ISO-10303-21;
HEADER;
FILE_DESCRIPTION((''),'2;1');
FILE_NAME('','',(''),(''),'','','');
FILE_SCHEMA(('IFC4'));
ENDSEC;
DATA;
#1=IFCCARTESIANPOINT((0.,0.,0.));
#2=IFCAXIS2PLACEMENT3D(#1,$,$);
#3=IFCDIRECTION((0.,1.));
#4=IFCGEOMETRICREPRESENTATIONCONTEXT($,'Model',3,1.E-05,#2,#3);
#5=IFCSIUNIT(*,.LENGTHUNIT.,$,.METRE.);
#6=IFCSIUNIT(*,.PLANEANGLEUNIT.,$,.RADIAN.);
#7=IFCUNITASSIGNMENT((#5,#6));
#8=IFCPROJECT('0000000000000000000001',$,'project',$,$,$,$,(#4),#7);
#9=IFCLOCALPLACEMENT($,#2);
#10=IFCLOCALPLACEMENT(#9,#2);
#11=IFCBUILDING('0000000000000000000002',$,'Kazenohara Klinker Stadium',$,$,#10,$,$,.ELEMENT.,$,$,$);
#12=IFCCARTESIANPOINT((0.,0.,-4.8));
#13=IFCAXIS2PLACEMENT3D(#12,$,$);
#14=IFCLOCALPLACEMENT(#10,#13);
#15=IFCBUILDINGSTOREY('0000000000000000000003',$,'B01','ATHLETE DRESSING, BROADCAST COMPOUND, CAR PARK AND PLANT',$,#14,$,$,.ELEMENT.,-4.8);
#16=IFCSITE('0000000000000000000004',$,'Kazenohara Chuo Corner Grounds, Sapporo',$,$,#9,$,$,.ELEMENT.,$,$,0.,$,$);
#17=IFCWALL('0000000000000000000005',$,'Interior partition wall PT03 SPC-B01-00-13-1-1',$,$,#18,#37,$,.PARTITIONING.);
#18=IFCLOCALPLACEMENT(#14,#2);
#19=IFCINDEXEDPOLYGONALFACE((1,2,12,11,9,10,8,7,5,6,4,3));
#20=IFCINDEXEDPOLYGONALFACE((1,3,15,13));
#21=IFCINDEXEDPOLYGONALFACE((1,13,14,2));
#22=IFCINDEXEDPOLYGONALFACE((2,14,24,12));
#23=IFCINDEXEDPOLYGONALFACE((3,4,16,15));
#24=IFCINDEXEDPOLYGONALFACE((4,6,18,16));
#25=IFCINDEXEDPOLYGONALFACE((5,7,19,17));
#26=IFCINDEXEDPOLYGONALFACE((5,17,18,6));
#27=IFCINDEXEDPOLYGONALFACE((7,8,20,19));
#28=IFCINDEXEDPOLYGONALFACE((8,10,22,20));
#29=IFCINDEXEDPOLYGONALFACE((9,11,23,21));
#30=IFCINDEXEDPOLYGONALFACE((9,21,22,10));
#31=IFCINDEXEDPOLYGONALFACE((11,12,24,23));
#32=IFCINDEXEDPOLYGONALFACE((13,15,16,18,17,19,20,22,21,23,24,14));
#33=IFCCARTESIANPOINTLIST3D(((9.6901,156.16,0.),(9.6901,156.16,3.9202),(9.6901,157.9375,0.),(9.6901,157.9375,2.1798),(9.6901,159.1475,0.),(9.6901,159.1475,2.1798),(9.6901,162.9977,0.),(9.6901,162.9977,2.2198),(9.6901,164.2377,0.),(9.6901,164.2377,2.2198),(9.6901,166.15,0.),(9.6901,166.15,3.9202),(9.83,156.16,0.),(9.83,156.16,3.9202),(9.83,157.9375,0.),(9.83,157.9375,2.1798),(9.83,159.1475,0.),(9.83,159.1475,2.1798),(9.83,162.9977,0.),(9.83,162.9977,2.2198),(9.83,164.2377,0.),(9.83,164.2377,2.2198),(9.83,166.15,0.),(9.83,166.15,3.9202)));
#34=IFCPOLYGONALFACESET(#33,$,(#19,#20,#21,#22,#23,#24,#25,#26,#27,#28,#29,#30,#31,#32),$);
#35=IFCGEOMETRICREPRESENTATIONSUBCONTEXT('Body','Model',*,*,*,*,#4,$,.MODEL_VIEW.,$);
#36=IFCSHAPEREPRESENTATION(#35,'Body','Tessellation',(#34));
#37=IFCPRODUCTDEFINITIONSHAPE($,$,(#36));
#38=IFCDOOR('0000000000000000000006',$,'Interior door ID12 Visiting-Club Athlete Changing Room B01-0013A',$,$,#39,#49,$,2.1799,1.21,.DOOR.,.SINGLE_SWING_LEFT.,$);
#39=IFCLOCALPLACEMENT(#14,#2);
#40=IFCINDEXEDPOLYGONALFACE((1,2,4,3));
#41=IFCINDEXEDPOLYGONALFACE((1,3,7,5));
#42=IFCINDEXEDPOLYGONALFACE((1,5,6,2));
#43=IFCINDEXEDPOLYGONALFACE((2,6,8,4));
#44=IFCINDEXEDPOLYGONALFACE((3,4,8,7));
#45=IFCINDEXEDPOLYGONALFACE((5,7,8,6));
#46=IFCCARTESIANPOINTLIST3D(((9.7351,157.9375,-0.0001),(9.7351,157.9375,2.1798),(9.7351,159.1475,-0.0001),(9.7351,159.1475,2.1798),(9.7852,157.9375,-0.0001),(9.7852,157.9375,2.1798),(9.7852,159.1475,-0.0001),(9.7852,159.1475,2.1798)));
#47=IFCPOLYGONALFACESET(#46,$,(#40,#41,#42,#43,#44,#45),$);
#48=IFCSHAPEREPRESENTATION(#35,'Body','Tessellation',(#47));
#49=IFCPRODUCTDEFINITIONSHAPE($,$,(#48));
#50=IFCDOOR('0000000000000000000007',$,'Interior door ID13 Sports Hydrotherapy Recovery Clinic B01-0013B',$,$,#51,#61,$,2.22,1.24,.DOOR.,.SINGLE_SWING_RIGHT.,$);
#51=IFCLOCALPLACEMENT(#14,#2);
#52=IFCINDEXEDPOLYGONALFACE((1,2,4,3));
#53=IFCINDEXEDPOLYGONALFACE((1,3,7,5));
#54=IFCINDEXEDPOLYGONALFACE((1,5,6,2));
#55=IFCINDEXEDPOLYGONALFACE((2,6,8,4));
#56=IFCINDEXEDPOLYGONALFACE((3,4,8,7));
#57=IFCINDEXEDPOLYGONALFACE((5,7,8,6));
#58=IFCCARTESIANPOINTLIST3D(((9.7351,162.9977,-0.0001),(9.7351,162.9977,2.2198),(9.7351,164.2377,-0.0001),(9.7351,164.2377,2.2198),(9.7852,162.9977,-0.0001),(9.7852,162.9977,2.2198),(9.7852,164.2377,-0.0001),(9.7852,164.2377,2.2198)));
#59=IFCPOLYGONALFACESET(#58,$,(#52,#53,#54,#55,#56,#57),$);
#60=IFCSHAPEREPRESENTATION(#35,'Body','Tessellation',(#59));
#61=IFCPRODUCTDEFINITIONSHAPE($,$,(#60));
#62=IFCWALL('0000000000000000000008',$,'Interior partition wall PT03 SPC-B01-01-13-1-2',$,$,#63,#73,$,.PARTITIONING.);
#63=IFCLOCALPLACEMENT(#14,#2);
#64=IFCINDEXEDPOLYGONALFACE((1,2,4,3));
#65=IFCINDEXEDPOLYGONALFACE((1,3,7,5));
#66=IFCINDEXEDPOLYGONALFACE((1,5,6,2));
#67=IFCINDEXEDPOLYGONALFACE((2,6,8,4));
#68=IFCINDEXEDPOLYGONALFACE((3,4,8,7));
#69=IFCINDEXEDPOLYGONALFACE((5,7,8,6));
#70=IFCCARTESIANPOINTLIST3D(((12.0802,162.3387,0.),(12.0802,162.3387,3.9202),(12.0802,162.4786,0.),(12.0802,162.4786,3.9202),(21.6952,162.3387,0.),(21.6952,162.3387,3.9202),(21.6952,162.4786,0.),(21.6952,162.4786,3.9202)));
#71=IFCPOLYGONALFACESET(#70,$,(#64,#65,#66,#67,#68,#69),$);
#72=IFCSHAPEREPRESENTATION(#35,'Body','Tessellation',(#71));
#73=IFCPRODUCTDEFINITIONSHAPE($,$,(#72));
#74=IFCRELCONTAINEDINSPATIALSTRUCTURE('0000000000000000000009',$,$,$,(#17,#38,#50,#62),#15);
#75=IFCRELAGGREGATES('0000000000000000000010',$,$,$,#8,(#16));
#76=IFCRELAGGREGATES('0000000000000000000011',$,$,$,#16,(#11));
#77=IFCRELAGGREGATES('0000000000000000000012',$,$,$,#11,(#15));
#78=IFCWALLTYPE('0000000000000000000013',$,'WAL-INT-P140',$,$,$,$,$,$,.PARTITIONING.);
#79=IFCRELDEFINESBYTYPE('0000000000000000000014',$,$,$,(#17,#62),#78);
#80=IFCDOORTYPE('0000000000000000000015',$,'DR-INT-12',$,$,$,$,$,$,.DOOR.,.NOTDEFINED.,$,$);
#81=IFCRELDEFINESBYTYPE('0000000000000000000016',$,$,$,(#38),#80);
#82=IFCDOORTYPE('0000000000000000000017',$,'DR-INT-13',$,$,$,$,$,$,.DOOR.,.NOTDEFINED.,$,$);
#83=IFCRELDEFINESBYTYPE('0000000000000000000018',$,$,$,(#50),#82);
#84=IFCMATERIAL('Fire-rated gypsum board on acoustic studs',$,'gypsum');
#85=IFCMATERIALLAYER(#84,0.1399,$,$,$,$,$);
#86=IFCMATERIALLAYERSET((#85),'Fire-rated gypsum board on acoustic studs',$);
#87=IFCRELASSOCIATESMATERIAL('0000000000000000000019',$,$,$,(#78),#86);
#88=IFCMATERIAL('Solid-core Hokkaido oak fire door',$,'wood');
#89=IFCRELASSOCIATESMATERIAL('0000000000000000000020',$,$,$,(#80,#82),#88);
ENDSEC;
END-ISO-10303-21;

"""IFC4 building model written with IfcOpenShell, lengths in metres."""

from ifc_helpers import new_model, si_unit, direction, frame, frame_2d, origin, place, context, subcontext, project, spatial, rectangle, extrude, material, layer, layer_set, type_object, element, fill, save


model = new_model("IFC4")

# Units and contexts
model_context = context("Model", 3, precision=1e-05, world=origin(), true_north=direction((0.0, 1.0)))
body_context = subcontext(model_context, "Body", "Model", "MODEL_VIEW")
ifc_project = project(units=[si_unit("LENGTHUNIT", "METRE"), si_unit("PLANEANGLEUNIT", "RADIAN")], contexts=[model_context])

# Site, building, storey
site_placement = place(None, origin())
site = spatial("IfcSite", under=ifc_project, at=site_placement, Name="Kazenohara Chuo Corner Grounds, Sapporo", CompositionType="ELEMENT", RefElevation=0.0)
building_placement = place(site_placement, origin())
building = spatial("IfcBuilding", under=site, at=building_placement, Name="Kazenohara Klinker Stadium", CompositionType="ELEMENT")
storey_placement = place(building_placement, frame((0.0, 0.0, -4.8)))
storey = spatial("IfcBuildingStorey", under=building, at=storey_placement, Name="B01", Description="ATHLETE DRESSING, BROADCAST COMPOUND, CAR PARK AND PLANT", CompositionType="ELEMENT", Elevation=-4.8)

# Wall, openings, doors
ifc_material_1 = material(Name="Fire-rated gypsum board on acoustic studs", Category="gypsum")
ifc_layer_1 = layer(ifc_material_1, 0.1399)
ifc_layer_set_1 = layer_set([ifc_layer_1], Name="Fire-rated gypsum board on acoustic studs")
wall_type_1 = type_object("IfcWallType", Name="WAL-INT-P140", PredefinedType="PARTITIONING", material=ifc_layer_set_1)
wall_1_placement = place(storey_placement, frame((9.76, 156.1599, 0.0), z_axis=(0.0, 0.0, 1.0), x_axis=(0.0, 1.0, 0.0)))
wall_1 = element("IfcWall", 1, at=wall_1_placement, inside=storey, type_object=wall_type_1, Name="Interior partition wall PT03 SPC-B01-00-13-1-1", PredefinedType="PARTITIONING", context=body_context, shape_type="SweptSolid", body=[
    extrude(rectangle(XDim=9.99, YDim=0.1399, at=frame_2d((4.9951, 0.0))), origin(), (0.0, 0.0, 1.0), 3.9202),
])
opening_1_placement = place(wall_1_placement, frame((1.7776, 0.0, 0.0)))
opening_1 = element("IfcOpeningElement", 2, at=opening_1_placement, cuts=wall_1, PredefinedType="OPENING", context=body_context, shape_type="SweptSolid", body=[
    extrude(rectangle(XDim=1.21, YDim=2.1799, at=frame_2d((0.605, 1.0898))), frame((0.0, 0.0801, 0.0), z_axis=(0.0, -1.0, 0.0), x_axis=(1.0, 0.0, 0.0)), (0.0, 0.0, 1.0), 0.1599),
])
opening_2_placement = place(wall_1_placement, frame((6.8376, 0.0, 0.0)))
opening_2 = element("IfcOpeningElement", 3, at=opening_2_placement, cuts=wall_1, PredefinedType="OPENING", context=body_context, shape_type="SweptSolid", body=[
    extrude(rectangle(XDim=1.24, YDim=2.22, at=frame_2d((0.6201, 1.1099))), frame((0.0, 0.0801, 0.0), z_axis=(0.0, -1.0, 0.0), x_axis=(1.0, 0.0, 0.0)), (0.0, 0.0, 1.0), 0.1599),
])
ifc_material_2 = material(Name="Solid-core Hokkaido oak fire door", Category="wood")
door_type_1 = type_object("IfcDoorType", Name="DR-INT-12", OperationType="NOTDEFINED", PredefinedType="DOOR", material=ifc_material_2)
door_1_placement = place(opening_1_placement, origin())
door_1 = element("IfcDoor", 4, at=door_1_placement, inside=storey, type_object=door_type_1, Name="Interior door ID12 Visiting-Club Athlete Changing Room B01-0013A", OperationType="SINGLE_SWING_LEFT", OverallHeight=2.1799, OverallWidth=1.21, PredefinedType="DOOR", context=body_context, shape_type="SweptSolid", body=[
    extrude(rectangle(XDim=1.21, YDim=2.1799, at=frame_2d((0.605, 1.0898))), frame((0.0, 0.0249, 0.0), z_axis=(0.0, -1.0, 0.0), x_axis=(1.0, 0.0, 0.0)), (0.0, 0.0, 1.0), 0.05),
])
fill(opening_1, door_1)
door_type_2 = type_object("IfcDoorType", Name="DR-INT-13", OperationType="NOTDEFINED", PredefinedType="DOOR", material=ifc_material_2)
door_2_placement = place(opening_2_placement, origin())
door_2 = element("IfcDoor", 5, at=door_2_placement, inside=storey, type_object=door_type_2, Name="Interior door ID13 Sports Hydrotherapy Recovery Clinic B01-0013B", OperationType="SINGLE_SWING_RIGHT", OverallHeight=2.22, OverallWidth=1.24, PredefinedType="DOOR", context=body_context, shape_type="SweptSolid", body=[
    extrude(rectangle(XDim=1.24, YDim=2.22, at=frame_2d((0.6201, 1.1099))), frame((0.0, 0.0249, 0.0), z_axis=(0.0, -1.0, 0.0), x_axis=(1.0, 0.0, 0.0)), (0.0, 0.0, 1.0), 0.05),
])
fill(opening_2, door_2)

# Wall
wall_2_placement = place(storey_placement, frame((12.0801, 162.4087, 0.0), z_axis=(0.0, 0.0, 1.0), x_axis=(1.0, 0.0, 0.0)))
element("IfcWall", 6, at=wall_2_placement, inside=storey, type_object=wall_type_1, Name="Interior partition wall PT03 SPC-B01-01-13-1-2", PredefinedType="PARTITIONING", context=body_context, shape_type="SweptSolid", body=[
    extrude(rectangle(XDim=9.615, YDim=0.1399, at=frame_2d((4.8076, 0.0))), origin(), (0.0, 0.0, 1.0), 3.9202),
])

save(model, "model.ifc")
